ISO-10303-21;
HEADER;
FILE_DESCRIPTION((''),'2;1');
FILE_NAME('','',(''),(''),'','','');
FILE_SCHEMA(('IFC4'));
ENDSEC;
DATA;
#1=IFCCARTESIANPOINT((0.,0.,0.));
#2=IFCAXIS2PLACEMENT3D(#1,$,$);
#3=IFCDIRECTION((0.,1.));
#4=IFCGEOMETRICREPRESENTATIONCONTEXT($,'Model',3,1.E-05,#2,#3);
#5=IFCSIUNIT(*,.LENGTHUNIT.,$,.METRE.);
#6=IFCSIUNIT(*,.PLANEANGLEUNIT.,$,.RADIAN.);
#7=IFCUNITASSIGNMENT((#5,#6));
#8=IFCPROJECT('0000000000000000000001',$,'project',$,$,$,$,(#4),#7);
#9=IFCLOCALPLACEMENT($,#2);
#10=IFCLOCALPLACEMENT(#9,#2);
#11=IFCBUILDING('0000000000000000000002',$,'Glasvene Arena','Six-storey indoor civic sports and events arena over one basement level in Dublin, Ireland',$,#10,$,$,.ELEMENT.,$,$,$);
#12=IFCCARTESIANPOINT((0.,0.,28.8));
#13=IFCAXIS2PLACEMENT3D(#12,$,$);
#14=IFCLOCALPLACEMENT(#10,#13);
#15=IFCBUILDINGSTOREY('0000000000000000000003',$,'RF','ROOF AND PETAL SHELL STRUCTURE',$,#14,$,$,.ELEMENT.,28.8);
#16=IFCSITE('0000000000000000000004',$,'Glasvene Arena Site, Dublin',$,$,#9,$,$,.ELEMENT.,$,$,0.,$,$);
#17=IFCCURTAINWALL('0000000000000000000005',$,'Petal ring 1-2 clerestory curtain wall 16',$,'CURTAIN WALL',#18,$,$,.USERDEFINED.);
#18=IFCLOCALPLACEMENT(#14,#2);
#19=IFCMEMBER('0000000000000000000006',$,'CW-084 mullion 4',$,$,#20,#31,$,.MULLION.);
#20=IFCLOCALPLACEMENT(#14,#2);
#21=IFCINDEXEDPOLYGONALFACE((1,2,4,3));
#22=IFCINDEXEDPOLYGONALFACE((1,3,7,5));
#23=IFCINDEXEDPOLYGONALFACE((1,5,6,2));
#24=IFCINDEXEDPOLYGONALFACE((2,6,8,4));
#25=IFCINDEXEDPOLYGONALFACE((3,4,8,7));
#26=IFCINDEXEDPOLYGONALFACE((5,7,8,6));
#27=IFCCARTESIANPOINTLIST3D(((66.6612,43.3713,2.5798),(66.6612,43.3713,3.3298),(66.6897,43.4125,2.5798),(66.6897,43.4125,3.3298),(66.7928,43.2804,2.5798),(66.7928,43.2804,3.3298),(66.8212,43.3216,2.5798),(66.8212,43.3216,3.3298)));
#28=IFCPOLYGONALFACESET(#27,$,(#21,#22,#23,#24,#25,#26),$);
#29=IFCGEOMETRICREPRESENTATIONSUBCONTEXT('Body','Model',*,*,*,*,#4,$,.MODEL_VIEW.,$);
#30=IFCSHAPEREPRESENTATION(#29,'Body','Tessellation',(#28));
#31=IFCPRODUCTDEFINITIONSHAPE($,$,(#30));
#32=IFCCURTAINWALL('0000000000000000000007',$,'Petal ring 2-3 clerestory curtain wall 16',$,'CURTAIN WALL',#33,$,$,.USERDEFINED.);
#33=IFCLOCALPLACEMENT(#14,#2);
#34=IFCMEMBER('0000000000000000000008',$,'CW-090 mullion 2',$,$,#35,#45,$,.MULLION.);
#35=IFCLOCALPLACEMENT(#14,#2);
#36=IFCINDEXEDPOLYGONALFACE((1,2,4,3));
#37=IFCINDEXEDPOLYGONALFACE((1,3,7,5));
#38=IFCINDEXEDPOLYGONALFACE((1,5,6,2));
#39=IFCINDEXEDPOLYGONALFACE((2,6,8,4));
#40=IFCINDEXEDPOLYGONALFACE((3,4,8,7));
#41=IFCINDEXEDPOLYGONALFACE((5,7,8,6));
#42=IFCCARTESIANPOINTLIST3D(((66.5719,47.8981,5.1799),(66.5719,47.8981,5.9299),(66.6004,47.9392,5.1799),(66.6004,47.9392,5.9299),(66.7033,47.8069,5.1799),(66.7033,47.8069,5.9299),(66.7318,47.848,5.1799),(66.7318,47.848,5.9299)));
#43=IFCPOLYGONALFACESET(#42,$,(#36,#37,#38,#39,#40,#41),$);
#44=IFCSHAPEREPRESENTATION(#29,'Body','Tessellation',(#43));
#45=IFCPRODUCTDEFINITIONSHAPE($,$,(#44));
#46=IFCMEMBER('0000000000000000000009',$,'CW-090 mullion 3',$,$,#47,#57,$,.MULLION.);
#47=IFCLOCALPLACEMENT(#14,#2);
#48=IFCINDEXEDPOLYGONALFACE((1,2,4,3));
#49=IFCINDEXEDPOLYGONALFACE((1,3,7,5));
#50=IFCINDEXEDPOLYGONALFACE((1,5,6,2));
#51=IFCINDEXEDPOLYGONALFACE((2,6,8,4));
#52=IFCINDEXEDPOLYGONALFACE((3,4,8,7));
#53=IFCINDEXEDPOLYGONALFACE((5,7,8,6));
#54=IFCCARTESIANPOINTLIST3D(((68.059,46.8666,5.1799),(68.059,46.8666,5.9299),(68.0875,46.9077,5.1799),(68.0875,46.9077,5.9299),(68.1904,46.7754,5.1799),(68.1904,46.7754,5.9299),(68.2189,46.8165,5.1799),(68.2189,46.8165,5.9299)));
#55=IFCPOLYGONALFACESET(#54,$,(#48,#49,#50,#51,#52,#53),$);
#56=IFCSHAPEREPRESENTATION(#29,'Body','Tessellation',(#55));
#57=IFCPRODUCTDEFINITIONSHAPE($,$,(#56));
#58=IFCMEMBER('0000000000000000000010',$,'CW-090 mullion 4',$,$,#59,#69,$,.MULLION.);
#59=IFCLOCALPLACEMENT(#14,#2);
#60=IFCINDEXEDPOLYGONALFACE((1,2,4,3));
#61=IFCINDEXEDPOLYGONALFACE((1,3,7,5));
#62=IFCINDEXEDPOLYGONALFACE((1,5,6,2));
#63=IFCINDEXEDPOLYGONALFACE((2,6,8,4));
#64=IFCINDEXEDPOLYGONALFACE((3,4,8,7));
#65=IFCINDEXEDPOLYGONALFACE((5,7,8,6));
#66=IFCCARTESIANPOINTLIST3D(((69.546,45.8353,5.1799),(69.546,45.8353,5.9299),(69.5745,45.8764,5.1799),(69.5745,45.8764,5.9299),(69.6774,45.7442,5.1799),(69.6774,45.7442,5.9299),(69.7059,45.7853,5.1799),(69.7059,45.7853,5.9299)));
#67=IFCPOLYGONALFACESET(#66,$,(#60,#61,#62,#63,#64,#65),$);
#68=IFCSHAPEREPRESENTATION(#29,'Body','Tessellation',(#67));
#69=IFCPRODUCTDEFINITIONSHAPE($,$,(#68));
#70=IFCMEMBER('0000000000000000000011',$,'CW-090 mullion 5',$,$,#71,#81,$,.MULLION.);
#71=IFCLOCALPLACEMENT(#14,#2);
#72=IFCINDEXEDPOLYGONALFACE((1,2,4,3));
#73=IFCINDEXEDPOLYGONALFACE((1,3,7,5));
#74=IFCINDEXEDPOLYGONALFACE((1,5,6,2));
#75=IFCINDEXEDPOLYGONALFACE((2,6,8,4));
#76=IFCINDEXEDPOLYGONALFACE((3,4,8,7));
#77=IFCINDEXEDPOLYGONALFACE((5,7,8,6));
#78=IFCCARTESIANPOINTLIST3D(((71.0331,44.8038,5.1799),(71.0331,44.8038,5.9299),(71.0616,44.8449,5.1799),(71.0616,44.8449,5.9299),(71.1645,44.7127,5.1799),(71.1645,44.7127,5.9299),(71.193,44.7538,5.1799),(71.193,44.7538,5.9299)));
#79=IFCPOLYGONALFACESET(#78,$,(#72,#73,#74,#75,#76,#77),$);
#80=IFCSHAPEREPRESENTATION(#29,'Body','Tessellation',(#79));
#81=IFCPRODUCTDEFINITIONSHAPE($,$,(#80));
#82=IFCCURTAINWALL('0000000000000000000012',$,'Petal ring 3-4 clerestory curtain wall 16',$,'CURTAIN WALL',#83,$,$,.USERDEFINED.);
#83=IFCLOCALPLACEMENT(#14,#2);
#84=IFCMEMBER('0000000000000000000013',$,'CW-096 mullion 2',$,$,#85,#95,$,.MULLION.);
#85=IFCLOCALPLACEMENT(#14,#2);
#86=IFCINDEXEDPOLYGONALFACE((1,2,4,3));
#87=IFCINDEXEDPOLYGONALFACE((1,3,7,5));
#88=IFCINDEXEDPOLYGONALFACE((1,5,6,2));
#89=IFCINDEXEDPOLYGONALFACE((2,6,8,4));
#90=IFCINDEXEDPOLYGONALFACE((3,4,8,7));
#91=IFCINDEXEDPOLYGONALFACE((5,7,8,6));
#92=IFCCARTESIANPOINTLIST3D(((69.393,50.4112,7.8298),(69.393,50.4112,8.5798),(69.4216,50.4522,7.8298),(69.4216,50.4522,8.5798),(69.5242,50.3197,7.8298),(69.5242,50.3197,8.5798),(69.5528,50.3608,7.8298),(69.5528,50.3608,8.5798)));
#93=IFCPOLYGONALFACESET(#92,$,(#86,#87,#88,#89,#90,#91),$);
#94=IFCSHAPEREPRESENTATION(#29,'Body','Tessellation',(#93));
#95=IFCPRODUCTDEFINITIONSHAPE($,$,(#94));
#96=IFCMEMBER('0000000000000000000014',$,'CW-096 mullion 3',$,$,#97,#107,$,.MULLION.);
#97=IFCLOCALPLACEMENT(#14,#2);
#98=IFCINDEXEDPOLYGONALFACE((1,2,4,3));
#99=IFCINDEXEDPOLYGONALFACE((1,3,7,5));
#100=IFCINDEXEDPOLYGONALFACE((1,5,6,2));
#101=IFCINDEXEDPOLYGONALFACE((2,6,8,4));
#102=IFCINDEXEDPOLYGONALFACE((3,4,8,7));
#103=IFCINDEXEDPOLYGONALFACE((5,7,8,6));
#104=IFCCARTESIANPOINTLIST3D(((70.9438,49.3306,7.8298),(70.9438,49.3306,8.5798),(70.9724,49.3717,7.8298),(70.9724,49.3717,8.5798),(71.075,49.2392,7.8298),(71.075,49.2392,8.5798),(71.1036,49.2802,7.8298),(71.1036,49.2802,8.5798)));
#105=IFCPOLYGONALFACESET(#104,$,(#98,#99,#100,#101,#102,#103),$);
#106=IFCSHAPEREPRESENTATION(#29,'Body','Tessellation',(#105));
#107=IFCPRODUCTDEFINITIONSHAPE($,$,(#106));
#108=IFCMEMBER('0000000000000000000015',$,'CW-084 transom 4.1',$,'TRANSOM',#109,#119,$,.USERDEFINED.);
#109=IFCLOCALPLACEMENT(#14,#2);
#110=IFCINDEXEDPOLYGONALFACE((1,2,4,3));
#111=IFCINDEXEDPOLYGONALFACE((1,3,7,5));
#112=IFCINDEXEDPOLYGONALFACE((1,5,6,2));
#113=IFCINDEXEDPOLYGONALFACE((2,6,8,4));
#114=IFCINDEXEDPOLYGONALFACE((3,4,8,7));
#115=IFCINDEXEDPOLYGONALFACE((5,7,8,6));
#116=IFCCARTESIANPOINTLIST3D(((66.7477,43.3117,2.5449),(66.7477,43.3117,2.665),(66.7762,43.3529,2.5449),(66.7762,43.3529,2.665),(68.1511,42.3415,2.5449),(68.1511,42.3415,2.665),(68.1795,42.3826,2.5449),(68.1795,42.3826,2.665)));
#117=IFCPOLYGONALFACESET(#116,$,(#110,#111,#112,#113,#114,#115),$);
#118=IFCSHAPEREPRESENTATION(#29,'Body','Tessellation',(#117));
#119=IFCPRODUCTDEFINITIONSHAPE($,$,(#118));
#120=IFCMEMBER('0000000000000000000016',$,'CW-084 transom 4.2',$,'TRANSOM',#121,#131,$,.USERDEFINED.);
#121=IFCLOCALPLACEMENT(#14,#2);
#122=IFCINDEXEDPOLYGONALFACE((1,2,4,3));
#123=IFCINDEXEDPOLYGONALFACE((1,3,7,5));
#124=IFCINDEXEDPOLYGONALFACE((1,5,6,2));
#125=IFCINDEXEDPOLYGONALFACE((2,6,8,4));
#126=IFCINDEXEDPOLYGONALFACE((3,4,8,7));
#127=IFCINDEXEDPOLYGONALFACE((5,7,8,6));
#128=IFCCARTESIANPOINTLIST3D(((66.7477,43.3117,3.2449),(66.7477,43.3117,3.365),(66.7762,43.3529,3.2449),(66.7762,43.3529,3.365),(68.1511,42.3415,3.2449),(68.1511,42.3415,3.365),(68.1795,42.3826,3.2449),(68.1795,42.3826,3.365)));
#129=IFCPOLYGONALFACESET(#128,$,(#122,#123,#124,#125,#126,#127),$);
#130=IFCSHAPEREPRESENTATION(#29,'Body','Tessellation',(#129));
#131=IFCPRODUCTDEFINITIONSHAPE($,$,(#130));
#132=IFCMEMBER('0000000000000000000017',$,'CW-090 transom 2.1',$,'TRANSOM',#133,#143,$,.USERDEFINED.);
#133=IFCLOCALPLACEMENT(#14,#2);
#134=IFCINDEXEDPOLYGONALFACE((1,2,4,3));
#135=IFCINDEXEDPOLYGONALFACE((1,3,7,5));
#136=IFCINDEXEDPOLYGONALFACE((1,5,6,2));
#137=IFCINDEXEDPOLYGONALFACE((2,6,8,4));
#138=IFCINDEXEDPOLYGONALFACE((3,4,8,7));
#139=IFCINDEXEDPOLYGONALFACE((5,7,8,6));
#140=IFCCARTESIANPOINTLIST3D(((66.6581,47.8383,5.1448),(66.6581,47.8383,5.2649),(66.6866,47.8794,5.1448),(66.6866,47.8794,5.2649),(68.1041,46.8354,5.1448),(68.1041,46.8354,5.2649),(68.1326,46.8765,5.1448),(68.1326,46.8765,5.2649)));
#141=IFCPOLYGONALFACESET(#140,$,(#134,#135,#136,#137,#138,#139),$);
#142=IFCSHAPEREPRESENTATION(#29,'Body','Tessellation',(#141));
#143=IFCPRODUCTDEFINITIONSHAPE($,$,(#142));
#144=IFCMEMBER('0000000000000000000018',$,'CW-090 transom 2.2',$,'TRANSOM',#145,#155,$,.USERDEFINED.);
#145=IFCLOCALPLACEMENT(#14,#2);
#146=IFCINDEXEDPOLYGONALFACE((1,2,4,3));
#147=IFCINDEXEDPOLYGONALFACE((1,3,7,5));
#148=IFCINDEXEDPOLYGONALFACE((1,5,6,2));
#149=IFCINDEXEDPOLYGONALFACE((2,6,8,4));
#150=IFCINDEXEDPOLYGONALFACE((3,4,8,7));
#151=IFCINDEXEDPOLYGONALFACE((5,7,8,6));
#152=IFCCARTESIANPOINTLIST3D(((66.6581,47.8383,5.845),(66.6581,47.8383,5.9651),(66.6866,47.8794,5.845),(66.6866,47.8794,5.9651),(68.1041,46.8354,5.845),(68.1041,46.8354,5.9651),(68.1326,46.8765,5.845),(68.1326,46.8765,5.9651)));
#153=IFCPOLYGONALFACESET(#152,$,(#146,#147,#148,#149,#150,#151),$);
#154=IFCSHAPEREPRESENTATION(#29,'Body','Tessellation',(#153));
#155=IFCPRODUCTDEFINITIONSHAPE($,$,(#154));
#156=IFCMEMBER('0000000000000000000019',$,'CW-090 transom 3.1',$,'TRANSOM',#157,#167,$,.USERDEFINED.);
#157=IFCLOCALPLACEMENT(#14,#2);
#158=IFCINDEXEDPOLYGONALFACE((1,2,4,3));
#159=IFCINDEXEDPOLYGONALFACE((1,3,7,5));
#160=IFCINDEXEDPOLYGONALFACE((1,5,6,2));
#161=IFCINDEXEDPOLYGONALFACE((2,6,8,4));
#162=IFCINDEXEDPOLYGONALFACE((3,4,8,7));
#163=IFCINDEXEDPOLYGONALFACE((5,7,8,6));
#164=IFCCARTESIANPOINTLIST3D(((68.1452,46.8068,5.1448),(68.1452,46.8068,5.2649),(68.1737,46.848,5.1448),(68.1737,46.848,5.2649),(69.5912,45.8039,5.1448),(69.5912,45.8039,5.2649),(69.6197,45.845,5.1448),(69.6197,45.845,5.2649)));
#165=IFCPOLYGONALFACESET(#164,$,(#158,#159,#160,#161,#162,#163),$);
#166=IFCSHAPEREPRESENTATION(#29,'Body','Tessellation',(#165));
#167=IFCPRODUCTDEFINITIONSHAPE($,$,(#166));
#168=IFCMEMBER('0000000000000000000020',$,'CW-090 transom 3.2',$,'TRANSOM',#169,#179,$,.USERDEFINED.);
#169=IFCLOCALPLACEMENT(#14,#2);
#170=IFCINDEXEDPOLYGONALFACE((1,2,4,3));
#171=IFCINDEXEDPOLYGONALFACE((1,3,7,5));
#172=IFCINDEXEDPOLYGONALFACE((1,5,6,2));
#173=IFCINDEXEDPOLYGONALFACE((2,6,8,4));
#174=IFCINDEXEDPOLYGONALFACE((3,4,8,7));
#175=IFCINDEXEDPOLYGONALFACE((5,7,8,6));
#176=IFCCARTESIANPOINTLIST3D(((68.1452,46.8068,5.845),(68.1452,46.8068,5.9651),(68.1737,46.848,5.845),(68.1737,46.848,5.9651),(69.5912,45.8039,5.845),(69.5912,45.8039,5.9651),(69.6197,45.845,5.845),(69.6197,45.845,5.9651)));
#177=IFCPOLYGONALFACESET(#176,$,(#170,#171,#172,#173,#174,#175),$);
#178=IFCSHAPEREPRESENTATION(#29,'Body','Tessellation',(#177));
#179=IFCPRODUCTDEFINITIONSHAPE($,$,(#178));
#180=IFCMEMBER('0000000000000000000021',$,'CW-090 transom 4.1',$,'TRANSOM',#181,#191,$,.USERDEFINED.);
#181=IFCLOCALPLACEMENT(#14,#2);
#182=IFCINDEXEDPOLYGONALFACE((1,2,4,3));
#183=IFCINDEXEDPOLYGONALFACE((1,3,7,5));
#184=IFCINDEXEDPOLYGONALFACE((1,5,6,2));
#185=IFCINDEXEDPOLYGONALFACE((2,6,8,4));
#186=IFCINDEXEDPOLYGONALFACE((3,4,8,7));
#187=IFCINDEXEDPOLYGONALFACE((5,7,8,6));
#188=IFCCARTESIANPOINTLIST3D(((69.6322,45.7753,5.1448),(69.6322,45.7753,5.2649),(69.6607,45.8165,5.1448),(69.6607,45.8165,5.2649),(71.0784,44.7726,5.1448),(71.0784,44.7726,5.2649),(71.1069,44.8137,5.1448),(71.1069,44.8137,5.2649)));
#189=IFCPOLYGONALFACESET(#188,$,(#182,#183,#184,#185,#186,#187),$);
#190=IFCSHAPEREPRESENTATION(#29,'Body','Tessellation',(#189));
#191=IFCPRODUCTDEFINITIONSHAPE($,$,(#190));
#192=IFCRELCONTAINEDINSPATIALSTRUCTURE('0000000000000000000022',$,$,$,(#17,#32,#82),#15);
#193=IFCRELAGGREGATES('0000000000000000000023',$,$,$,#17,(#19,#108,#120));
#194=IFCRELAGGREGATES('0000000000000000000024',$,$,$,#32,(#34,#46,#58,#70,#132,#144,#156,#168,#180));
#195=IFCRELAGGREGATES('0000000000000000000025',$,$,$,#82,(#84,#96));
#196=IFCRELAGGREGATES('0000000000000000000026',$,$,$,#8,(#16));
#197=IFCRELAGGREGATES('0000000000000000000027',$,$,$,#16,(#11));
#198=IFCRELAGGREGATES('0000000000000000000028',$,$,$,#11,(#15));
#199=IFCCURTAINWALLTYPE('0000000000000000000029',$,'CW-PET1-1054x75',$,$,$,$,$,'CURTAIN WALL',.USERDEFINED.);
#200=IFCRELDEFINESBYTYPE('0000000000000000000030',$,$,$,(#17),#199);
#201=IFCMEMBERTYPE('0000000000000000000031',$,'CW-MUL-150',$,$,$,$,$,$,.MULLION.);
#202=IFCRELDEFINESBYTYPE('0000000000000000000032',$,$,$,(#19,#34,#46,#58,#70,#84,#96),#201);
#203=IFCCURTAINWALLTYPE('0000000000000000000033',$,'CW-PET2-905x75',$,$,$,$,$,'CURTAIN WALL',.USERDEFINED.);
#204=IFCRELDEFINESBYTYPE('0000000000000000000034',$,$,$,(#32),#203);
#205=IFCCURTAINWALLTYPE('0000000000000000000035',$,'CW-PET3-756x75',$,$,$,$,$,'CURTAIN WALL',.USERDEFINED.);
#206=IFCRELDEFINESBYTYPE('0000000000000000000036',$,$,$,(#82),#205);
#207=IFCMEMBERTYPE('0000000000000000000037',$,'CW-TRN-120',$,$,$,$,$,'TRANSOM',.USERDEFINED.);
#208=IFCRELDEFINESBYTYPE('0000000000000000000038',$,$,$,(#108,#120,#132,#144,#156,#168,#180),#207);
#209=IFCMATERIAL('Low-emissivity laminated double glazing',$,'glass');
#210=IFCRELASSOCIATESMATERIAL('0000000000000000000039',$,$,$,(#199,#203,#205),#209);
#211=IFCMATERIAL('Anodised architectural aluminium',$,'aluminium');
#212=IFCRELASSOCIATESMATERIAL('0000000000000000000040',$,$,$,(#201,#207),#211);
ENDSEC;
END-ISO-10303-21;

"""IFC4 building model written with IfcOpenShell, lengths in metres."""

from ifc_helpers import new_model, si_unit, direction, frame, origin, origin_2d, place, context, subcontext, project, spatial, rectangle, extrude, material, material_profile, profile_set, type_object, element, aggregate, save


model = new_model("IFC4")

# Units and contexts
model_context = context("Model", 3, precision=1e-05, world=origin(), true_north=direction((0.0, 1.0)))
body_context = subcontext(model_context, "Body", "Model", "MODEL_VIEW")
ifc_project = project(units=[si_unit("LENGTHUNIT", "METRE"), si_unit("PLANEANGLEUNIT", "RADIAN")], contexts=[model_context])

# Site, building, storey
site_placement = place(None, origin())
site = spatial("IfcSite", under=ifc_project, at=site_placement, Name="Glasvene Arena Site, Dublin", CompositionType="ELEMENT", RefElevation=0.0)
building_placement = place(site_placement, origin())
building = spatial("IfcBuilding", under=site, at=building_placement, Name="Glasvene Arena", Description="Six-storey indoor civic sports and events arena over one basement level in Dublin, Ireland", CompositionType="ELEMENT")
storey_placement = place(building_placement, frame((0.0, 0.0, 28.8)))
storey = spatial("IfcBuildingStorey", under=building, at=storey_placement, Name="RF", Description="ROOF AND PETAL SHELL STRUCTURE", CompositionType="ELEMENT", Elevation=28.8)

# Curtain wall, member
ifc_material_1 = material(Name="Low-emissivity laminated double glazing", Category="glass")
curtain_wall_type_1 = type_object("IfcCurtainWallType", Name="CW-PET1-1054x75", ElementType="CURTAIN WALL", PredefinedType="USERDEFINED", material=ifc_material_1)
curtain_wall_1_placement = place(storey_placement, frame((62.4077, 46.342, 0.0)))
curtain_wall_1 = element("IfcCurtainWall", 1, at=curtain_wall_1_placement, inside=storey, type_object=curtain_wall_type_1, Name="Petal ring 1-2 clerestory curtain wall 16", ObjectType="CURTAIN WALL", PredefinedType="USERDEFINED")
ifc_material_2 = material(Name="Anodised architectural aluminium", Category="aluminium")
ifc_material_profile_1 = material_profile(ifc_material_2, rectangle(XDim=0.05, YDim=0.1599, at=origin_2d()), Name="ALU MULLION 50x160")
ifc_profile_set_1 = profile_set([ifc_material_profile_1], Name="Anodised architectural aluminium")
member_type_1 = type_object("IfcMemberType", Name="CW-MUL-150", PredefinedType="MULLION", material=ifc_profile_set_1)
member_1_placement = place(storey_placement, frame((66.7412, 43.3464, 2.5798), z_axis=(0.0, 0.0, 1.0), x_axis=(0.568619, 0.822601, 0.0)))
member_1 = element("IfcMember", 2, at=member_1_placement, type_object=member_type_1, Name="CW-084 mullion 4", PredefinedType="MULLION", context=body_context, shape_type="SweptSolid", body=[
    extrude(rectangle(XDim=0.05, YDim=0.1599, at=origin_2d()), origin(), (0.0, 0.0, 1.0), 0.75),
])

# Curtain walls, members
curtain_wall_type_2 = type_object("IfcCurtainWallType", Name="CW-PET2-905x75", ElementType="CURTAIN WALL", PredefinedType="USERDEFINED", material=ifc_material_1)
curtain_wall_2_placement = place(storey_placement, frame((65.1648, 48.9043, 0.0)))
curtain_wall_2 = element("IfcCurtainWall", 3, at=curtain_wall_2_placement, inside=storey, type_object=curtain_wall_type_2, Name="Petal ring 2-3 clerestory curtain wall 16", ObjectType="CURTAIN WALL", PredefinedType="USERDEFINED")
member_2_placement = place(storey_placement, frame((66.6519, 47.873, 5.1799), z_axis=(0.0, 0.0, 1.0), x_axis=(0.569921, 0.821699, 0.0)))
member_2 = element("IfcMember", 4, at=member_2_placement, type_object=member_type_1, Name="CW-090 mullion 2", PredefinedType="MULLION", context=body_context, shape_type="SweptSolid", body=[
    extrude(rectangle(XDim=0.05, YDim=0.1599, at=origin_2d()), origin(), (0.0, 0.0, 1.0), 0.75),
])
member_3_placement = place(storey_placement, frame((68.1389, 46.8416, 5.1799), z_axis=(0.0, 0.0, 1.0), x_axis=(0.569921, 0.821699, 0.0)))
member_3 = element("IfcMember", 5, at=member_3_placement, type_object=member_type_1, Name="CW-090 mullion 3", PredefinedType="MULLION", context=body_context, shape_type="SweptSolid", body=[
    extrude(rectangle(XDim=0.05, YDim=0.1599, at=origin_2d()), origin(), (0.0, 0.0, 1.0), 0.75),
])
member_4_placement = place(storey_placement, frame((69.626, 45.8103, 5.1799), z_axis=(0.0, 0.0, 1.0), x_axis=(0.569921, 0.821699, 0.0)))
member_4 = element("IfcMember", 6, at=member_4_placement, type_object=member_type_1, Name="CW-090 mullion 4", PredefinedType="MULLION", context=body_context, shape_type="SweptSolid", body=[
    extrude(rectangle(XDim=0.05, YDim=0.1599, at=origin_2d()), origin(), (0.0, 0.0, 1.0), 0.75),
])
member_5_placement = place(storey_placement, frame((71.113, 44.7788, 5.1799), z_axis=(0.0, 0.0, 1.0), x_axis=(0.569921, 0.821699, 0.0)))
member_5 = element("IfcMember", 7, at=member_5_placement, type_object=member_type_1, Name="CW-090 mullion 5", PredefinedType="MULLION", context=body_context, shape_type="SweptSolid", body=[
    extrude(rectangle(XDim=0.05, YDim=0.1599, at=origin_2d()), origin(), (0.0, 0.0, 1.0), 0.75),
])
curtain_wall_type_3 = type_object("IfcCurtainWallType", Name="CW-PET3-756x75", ElementType="CURTAIN WALL", PredefinedType="USERDEFINED", material=ifc_material_1)
curtain_wall_3_placement = place(storey_placement, frame((67.9221, 51.4668, 0.0)))
curtain_wall_3 = element("IfcCurtainWall", 8, at=curtain_wall_3_placement, inside=storey, type_object=curtain_wall_type_3, Name="Petal ring 3-4 clerestory curtain wall 16", ObjectType="CURTAIN WALL", PredefinedType="USERDEFINED")
member_6_placement = place(storey_placement, frame((69.4729, 50.386, 7.8298), z_axis=(0.0, 0.0, 1.0), x_axis=(0.571742, 0.820433, 0.0)))
member_6 = element("IfcMember", 9, at=member_6_placement, type_object=member_type_1, Name="CW-096 mullion 2", PredefinedType="MULLION", context=body_context, shape_type="SweptSolid", body=[
    extrude(rectangle(XDim=0.05, YDim=0.1599, at=origin_2d()), origin(), (0.0, 0.0, 1.0), 0.75),
])
member_7_placement = place(storey_placement, frame((71.0237, 49.3054, 7.8298), z_axis=(0.0, 0.0, 1.0), x_axis=(0.571742, 0.820433, 0.0)))
member_7 = element("IfcMember", 10, at=member_7_placement, type_object=member_type_1, Name="CW-096 mullion 3", PredefinedType="MULLION", context=body_context, shape_type="SweptSolid", body=[
    extrude(rectangle(XDim=0.05, YDim=0.1599, at=origin_2d()), origin(), (0.0, 0.0, 1.0), 0.75),
])

# Members
ifc_material_profile_2 = material_profile(ifc_material_2, rectangle(XDim=0.05, YDim=0.1201, at=origin_2d()), Name="ALU TRANSOM 50x120")
ifc_profile_set_2 = profile_set([ifc_material_profile_2], Name="Anodised architectural aluminium")
member_type_2 = type_object("IfcMemberType", Name="CW-TRN-120", ElementType="TRANSOM", PredefinedType="USERDEFINED", material=ifc_profile_set_2)
member_8_placement = place(storey_placement, frame((66.762, 43.3323, 2.605), z_axis=(0.822553, -0.568689, 0.0), x_axis=(0.568689, 0.822553, 0.0)))
member_8 = element("IfcMember", 11, at=member_8_placement, type_object=member_type_2, Name="CW-084 transom 4.1", ObjectType="TRANSOM", PredefinedType="USERDEFINED", context=body_context, shape_type="SweptSolid", body=[
    extrude(rectangle(XDim=0.05, YDim=0.1201, at=origin_2d()), origin(), (0.0, 0.0, 1.0), 1.7061),
])
member_9_placement = place(storey_placement, frame((66.762, 43.3323, 3.3049), z_axis=(0.822553, -0.568689, 0.0), x_axis=(0.568689, 0.822553, 0.0)))
member_9 = element("IfcMember", 12, at=member_9_placement, type_object=member_type_2, Name="CW-084 transom 4.2", ObjectType="TRANSOM", PredefinedType="USERDEFINED", context=body_context, shape_type="SweptSolid", body=[
    extrude(rectangle(XDim=0.05, YDim=0.1201, at=origin_2d()), origin(), (0.0, 0.0, 1.0), 1.7061),
])
member_10_placement = place(storey_placement, frame((66.6724, 47.8589, 5.2048), z_axis=(0.821707, -0.56991, 0.0), x_axis=(0.56991, 0.821707, 0.0)))
member_10 = element("IfcMember", 13, at=member_10_placement, type_object=member_type_2, Name="CW-090 transom 2.1", ObjectType="TRANSOM", PredefinedType="USERDEFINED", context=body_context, shape_type="SweptSolid", body=[
    extrude(rectangle(XDim=0.05, YDim=0.1201, at=origin_2d()), origin(), (0.0, 0.0, 1.0), 1.7598),
])
member_11_placement = place(storey_placement, frame((66.6724, 47.8589, 5.905), z_axis=(0.821707, -0.56991, 0.0), x_axis=(0.56991, 0.821707, 0.0)))
member_11 = element("IfcMember", 14, at=member_11_placement, type_object=member_type_2, Name="CW-090 transom 2.2", ObjectType="TRANSOM", PredefinedType="USERDEFINED", context=body_context, shape_type="SweptSolid", body=[
    extrude(rectangle(XDim=0.05, YDim=0.1201, at=origin_2d()), origin(), (0.0, 0.0, 1.0), 1.7598),
])
member_12_placement = place(storey_placement, frame((68.1594, 46.8274, 5.2048), z_axis=(0.821707, -0.56991, 0.0), x_axis=(0.56991, 0.821707, 0.0)))
member_12 = element("IfcMember", 15, at=member_12_placement, type_object=member_type_2, Name="CW-090 transom 3.1", ObjectType="TRANSOM", PredefinedType="USERDEFINED", context=body_context, shape_type="SweptSolid", body=[
    extrude(rectangle(XDim=0.05, YDim=0.1201, at=origin_2d()), origin(), (0.0, 0.0, 1.0), 1.7598),
])
member_13_placement = place(storey_placement, frame((68.1594, 46.8274, 5.905), z_axis=(0.821707, -0.56991, 0.0), x_axis=(0.56991, 0.821707, 0.0)))
member_13 = element("IfcMember", 16, at=member_13_placement, type_object=member_type_2, Name="CW-090 transom 3.2", ObjectType="TRANSOM", PredefinedType="USERDEFINED", context=body_context, shape_type="SweptSolid", body=[
    extrude(rectangle(XDim=0.05, YDim=0.1201, at=origin_2d()), origin(), (0.0, 0.0, 1.0), 1.7598),
])
member_14_placement = place(storey_placement, frame((69.6465, 45.7959, 5.2048), z_axis=(0.821772, -0.569816, 0.0), x_axis=(0.569816, 0.821772, 0.0)))
member_14 = element("IfcMember", 17, at=member_14_placement, type_object=member_type_2, Name="CW-090 transom 4.1", ObjectType="TRANSOM", PredefinedType="USERDEFINED", context=body_context, shape_type="SweptSolid", body=[
    extrude(rectangle(XDim=0.05, YDim=0.1201, at=origin_2d()), origin(), (0.0, 0.0, 1.0), 1.7598),
])

aggregate(curtain_wall_1, [member_1, member_8, member_9])
aggregate(curtain_wall_2, [member_2, member_3, member_4, member_5, member_10, member_11, member_12, member_13, member_14])
aggregate(curtain_wall_3, [member_6, member_7])

save(model, "model.ifc")
